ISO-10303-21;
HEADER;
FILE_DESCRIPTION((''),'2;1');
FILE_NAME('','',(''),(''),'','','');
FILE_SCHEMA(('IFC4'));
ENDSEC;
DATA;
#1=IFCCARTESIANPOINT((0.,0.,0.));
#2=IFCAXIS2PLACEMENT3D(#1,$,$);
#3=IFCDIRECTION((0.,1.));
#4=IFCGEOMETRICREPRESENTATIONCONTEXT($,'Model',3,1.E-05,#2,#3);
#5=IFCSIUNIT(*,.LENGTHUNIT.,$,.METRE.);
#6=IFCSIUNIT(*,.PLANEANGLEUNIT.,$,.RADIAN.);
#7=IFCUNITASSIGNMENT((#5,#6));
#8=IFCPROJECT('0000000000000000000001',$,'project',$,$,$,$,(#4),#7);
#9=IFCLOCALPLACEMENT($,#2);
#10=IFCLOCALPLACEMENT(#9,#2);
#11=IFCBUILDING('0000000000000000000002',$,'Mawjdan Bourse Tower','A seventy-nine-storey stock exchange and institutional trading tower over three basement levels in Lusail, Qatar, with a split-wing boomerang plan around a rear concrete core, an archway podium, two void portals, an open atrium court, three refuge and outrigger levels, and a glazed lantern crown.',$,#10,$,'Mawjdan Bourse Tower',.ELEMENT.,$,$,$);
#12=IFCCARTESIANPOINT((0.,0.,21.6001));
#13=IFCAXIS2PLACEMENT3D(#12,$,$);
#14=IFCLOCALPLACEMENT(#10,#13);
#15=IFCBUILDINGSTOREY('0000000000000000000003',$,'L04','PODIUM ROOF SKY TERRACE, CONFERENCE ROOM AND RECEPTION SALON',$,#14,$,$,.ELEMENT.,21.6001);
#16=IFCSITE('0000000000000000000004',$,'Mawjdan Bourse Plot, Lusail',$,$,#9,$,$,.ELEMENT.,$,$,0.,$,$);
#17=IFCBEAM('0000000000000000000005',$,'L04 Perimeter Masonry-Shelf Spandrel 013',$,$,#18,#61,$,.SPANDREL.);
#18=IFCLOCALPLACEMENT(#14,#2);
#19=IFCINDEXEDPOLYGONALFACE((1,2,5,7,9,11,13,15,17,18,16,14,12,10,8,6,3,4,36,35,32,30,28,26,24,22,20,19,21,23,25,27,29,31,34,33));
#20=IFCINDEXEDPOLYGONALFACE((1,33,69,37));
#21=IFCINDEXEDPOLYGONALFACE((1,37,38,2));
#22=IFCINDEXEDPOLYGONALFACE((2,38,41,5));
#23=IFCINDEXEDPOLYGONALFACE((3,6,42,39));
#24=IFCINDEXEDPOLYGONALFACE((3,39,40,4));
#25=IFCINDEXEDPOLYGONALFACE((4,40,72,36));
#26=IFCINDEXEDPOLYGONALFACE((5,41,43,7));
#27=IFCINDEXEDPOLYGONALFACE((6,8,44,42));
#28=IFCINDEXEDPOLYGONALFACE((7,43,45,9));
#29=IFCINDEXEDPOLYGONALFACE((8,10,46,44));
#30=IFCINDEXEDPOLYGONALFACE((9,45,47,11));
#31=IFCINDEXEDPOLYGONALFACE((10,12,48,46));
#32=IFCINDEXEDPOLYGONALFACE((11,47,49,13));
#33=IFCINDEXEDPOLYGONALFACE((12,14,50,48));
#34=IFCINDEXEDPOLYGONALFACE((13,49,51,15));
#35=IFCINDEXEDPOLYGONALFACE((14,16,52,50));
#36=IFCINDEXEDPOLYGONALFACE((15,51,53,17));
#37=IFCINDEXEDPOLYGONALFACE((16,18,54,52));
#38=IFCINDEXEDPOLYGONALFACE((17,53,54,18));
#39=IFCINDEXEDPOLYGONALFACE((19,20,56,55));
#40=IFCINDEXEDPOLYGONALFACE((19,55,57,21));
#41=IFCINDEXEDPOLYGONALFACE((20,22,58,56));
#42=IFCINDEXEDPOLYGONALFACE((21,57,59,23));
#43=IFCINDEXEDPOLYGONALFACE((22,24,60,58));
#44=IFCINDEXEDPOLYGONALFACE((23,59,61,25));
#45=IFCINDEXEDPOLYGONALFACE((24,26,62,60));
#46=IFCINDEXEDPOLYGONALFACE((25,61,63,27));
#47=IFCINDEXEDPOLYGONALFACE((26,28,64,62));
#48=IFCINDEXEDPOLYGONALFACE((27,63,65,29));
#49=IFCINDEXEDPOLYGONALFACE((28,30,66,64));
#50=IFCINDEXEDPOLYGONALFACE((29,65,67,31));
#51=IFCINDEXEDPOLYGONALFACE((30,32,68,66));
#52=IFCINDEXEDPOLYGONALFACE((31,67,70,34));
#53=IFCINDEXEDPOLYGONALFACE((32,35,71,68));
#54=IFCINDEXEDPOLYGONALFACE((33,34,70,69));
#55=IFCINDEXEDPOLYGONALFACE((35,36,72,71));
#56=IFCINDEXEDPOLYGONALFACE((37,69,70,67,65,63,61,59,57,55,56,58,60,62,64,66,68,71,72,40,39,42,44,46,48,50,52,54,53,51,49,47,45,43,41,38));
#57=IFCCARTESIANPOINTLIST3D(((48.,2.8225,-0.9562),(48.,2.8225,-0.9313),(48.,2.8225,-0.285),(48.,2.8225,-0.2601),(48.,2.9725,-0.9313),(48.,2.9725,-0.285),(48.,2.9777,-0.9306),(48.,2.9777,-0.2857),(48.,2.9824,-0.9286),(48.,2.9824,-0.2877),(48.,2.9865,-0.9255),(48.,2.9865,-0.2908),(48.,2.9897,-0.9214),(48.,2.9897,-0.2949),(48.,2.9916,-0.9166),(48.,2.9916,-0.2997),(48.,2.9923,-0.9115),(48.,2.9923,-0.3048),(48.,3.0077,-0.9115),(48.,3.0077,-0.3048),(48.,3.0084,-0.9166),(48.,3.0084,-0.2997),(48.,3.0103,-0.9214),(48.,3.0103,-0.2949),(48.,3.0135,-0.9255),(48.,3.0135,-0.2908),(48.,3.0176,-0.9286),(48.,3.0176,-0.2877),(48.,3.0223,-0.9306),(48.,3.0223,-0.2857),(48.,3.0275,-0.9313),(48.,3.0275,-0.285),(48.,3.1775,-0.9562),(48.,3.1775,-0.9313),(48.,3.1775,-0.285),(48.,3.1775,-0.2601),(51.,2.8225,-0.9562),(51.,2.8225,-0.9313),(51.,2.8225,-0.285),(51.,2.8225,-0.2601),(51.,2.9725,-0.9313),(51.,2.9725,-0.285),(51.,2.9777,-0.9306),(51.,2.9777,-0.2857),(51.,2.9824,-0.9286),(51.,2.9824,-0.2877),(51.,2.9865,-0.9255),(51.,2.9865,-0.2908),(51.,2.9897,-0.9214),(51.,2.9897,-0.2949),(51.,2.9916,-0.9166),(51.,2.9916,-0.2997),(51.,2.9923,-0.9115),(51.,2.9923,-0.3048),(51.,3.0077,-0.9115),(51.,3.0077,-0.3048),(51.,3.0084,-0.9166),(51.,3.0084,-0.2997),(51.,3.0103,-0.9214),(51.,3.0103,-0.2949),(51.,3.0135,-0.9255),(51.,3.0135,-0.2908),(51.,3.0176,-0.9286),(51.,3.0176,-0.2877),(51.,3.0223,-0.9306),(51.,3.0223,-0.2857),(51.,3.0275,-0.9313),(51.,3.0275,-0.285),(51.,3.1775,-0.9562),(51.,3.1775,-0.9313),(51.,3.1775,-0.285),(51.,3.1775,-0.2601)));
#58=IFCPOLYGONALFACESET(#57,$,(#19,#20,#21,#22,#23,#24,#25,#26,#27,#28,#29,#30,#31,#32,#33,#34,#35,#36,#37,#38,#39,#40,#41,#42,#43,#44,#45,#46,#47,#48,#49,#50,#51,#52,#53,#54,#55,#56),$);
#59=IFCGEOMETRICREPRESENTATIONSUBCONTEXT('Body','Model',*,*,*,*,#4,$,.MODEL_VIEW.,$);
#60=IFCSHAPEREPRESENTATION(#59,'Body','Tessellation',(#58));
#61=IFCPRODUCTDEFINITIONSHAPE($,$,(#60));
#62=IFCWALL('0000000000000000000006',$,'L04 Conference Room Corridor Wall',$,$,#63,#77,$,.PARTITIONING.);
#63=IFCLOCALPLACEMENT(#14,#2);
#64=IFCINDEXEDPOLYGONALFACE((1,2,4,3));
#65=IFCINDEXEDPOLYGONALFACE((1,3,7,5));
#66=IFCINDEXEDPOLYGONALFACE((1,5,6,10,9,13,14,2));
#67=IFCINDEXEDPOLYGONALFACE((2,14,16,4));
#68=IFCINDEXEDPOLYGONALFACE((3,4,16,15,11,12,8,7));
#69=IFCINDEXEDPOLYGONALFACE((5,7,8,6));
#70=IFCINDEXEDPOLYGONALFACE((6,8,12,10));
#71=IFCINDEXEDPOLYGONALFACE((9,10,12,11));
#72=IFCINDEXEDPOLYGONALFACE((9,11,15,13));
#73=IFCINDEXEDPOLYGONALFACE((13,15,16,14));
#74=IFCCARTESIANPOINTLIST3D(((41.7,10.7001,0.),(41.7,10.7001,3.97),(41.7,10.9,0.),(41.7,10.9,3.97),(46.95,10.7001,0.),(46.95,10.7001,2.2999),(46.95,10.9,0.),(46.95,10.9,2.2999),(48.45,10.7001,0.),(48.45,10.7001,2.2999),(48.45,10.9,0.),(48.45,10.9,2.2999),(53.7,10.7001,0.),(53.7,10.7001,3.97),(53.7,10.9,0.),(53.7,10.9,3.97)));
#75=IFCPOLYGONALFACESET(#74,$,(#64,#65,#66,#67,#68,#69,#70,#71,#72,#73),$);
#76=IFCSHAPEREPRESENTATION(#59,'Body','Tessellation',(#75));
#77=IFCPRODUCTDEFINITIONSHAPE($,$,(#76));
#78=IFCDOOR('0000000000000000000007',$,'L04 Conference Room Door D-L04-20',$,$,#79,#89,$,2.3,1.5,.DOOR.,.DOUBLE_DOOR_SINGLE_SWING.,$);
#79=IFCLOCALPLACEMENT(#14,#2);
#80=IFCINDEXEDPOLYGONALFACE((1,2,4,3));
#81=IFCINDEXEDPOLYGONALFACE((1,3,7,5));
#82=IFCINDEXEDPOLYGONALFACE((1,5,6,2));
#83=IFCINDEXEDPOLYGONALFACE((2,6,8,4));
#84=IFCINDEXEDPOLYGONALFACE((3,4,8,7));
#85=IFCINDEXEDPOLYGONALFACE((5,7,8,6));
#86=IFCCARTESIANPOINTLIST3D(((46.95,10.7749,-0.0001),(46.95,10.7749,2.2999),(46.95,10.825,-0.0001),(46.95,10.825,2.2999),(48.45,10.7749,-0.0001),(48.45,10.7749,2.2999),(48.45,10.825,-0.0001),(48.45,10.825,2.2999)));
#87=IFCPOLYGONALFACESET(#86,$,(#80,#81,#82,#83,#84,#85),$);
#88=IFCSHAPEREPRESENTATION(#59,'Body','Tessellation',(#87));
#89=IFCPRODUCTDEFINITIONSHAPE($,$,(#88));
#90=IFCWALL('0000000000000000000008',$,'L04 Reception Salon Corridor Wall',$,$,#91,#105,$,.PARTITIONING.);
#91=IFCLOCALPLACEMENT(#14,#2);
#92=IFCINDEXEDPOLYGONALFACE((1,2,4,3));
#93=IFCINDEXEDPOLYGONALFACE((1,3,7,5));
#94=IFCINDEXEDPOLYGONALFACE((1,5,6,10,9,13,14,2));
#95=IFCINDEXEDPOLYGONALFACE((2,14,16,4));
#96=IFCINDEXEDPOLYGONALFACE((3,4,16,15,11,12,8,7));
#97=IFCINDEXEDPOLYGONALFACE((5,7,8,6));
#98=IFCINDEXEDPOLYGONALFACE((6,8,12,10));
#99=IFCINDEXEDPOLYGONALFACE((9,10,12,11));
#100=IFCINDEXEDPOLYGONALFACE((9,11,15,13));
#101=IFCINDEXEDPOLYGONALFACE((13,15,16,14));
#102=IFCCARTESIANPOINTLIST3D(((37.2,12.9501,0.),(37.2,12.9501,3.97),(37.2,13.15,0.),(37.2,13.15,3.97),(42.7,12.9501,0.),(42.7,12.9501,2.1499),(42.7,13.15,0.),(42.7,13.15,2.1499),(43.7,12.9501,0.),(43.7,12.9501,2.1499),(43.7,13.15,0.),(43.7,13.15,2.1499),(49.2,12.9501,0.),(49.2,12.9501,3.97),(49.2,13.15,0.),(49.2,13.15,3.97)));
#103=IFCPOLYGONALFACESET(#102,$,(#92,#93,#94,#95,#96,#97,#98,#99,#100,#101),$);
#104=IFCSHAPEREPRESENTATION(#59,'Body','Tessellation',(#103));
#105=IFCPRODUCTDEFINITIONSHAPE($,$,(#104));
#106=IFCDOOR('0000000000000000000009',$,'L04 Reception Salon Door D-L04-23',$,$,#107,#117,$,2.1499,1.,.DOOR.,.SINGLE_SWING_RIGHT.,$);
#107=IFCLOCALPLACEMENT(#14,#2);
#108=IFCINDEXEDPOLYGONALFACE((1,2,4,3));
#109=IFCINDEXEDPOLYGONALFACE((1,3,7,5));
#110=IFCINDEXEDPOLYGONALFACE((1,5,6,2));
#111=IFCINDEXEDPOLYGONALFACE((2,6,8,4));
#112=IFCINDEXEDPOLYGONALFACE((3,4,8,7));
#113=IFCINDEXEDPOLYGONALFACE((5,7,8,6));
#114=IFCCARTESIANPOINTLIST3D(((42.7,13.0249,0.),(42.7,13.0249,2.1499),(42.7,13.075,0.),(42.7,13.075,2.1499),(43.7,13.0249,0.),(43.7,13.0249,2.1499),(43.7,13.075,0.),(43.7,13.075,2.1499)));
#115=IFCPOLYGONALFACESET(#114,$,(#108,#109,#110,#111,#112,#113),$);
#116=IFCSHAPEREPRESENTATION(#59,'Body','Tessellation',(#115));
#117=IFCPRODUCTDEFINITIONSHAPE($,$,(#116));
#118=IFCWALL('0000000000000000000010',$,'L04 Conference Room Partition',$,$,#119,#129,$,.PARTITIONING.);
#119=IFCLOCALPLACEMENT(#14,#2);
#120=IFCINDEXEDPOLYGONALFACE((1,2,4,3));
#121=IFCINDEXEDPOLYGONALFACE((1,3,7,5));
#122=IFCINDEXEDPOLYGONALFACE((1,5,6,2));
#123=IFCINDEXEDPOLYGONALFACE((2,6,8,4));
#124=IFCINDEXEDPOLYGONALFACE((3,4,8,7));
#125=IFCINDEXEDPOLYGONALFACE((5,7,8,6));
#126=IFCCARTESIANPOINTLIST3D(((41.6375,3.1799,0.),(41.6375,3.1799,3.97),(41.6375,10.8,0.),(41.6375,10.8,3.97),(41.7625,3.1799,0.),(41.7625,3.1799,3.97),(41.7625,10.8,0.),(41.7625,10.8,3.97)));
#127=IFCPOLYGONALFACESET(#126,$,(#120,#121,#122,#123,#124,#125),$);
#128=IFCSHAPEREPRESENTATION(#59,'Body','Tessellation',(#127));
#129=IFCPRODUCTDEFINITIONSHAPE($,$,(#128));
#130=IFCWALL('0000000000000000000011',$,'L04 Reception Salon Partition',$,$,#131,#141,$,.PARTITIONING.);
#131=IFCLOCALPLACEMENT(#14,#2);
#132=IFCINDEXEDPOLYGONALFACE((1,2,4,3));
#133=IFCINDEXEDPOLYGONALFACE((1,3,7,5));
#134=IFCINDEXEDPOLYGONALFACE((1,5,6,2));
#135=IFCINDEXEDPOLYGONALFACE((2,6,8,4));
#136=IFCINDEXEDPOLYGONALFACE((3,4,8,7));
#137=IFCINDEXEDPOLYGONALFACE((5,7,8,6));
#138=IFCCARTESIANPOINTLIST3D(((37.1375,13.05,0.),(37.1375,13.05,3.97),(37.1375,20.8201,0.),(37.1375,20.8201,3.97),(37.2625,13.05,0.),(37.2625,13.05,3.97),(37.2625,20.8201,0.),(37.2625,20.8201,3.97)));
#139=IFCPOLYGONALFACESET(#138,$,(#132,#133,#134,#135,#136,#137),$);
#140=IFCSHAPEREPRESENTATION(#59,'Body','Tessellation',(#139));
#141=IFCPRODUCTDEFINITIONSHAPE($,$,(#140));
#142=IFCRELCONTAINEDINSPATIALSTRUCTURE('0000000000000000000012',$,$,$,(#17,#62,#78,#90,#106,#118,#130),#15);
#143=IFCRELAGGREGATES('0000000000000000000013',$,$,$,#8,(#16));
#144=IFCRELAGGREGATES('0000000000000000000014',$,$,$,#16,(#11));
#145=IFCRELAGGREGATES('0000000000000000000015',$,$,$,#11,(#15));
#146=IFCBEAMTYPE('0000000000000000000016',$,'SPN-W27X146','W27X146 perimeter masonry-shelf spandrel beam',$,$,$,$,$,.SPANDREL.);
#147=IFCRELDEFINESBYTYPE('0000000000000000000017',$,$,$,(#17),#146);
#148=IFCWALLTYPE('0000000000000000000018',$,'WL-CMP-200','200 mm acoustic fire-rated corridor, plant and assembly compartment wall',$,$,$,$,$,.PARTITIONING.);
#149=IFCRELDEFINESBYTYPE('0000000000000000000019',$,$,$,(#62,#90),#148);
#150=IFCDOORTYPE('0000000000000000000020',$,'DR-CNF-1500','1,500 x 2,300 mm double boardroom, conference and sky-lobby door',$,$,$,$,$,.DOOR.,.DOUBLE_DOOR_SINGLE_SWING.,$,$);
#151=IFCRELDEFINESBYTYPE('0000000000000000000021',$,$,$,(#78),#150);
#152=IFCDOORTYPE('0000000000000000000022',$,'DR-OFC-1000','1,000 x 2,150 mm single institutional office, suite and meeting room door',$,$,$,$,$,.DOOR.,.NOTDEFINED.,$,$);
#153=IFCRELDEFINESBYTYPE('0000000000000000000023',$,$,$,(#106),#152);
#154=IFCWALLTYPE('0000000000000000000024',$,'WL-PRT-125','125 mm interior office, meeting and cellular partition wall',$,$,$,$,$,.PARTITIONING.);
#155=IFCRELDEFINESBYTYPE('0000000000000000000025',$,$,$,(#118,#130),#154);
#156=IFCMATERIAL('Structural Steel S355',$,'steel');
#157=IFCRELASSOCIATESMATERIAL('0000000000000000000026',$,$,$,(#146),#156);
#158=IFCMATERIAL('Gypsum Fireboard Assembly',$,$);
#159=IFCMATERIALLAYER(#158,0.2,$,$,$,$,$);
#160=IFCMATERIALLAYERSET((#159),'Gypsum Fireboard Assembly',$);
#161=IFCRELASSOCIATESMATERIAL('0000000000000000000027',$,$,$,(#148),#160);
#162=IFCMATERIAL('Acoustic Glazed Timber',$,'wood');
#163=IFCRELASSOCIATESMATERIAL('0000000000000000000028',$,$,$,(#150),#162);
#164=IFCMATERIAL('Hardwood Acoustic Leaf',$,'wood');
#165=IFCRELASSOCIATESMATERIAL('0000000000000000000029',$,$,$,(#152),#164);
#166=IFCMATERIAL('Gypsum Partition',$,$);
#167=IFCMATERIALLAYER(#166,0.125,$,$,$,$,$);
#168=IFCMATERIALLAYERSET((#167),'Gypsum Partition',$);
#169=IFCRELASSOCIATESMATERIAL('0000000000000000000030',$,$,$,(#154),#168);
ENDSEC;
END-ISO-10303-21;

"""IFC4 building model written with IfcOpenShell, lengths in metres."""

from ifc_helpers import new_model, si_unit, direction, frame, frame_2d, origin, origin_2d, place, context, subcontext, project, spatial, rectangle, i_section, extrude, material, layer, layer_set, material_profile, profile_set, type_object, element, fill, save


model = new_model("IFC4")

# Units and contexts
model_context = context("Model", 3, precision=1e-05, world=origin(), true_north=direction((0.0, 1.0)))
body_context = subcontext(model_context, "Body", "Model", "MODEL_VIEW")
ifc_project = project(units=[si_unit("LENGTHUNIT", "METRE"), si_unit("PLANEANGLEUNIT", "RADIAN")], contexts=[model_context])

# Site, building, storey
site_placement = place(None, origin())
site = spatial("IfcSite", under=ifc_project, at=site_placement, Name="Mawjdan Bourse Plot, Lusail", CompositionType="ELEMENT", RefElevation=0.0)
building_placement = place(site_placement, origin())
building = spatial("IfcBuilding", under=site, at=building_placement, Name="Mawjdan Bourse Tower", Description="A seventy-nine-storey stock exchange and institutional trading tower over three basement levels in Lusail, Qatar, with a split-wing boomerang plan around a rear concrete core, an archway podium, two void portals, an open atrium court, three refuge and outrigger levels, and a glazed lantern crown.", LongName="Mawjdan Bourse Tower", CompositionType="ELEMENT")
storey_placement = place(building_placement, frame((0.0, 0.0, 21.6001)))
storey = spatial("IfcBuildingStorey", under=building, at=storey_placement, Name="L04", Description="PODIUM ROOF SKY TERRACE, CONFERENCE ROOM AND RECEPTION SALON", CompositionType="ELEMENT", Elevation=21.6001)

# Beam
ifc_material_1 = material(Name="Structural Steel S355", Category="steel")
ifc_material_profile_1 = material_profile(ifc_material_1, i_section(OverallWidth=0.355, OverallDepth=0.696, WebThickness=0.0154, FlangeThickness=0.0249, FilletRadius=0.0198, at=origin_2d()), Name="W27X146")
ifc_profile_set_1 = profile_set([ifc_material_profile_1], Name="Structural Steel S355")
beam_type_1 = type_object("IfcBeamType", Name="SPN-W27X146", Description="W27X146 perimeter masonry-shelf spandrel beam", PredefinedType="SPANDREL", material=ifc_profile_set_1)
beam_1_placement = place(storey_placement, frame((48.0, 3.0, -0.6082), z_axis=(1.0, 0.0, 0.0), x_axis=(0.0, 1.0, 0.0)))
element("IfcBeam", 1, at=beam_1_placement, inside=storey, type_object=beam_type_1, Name="L04 Perimeter Masonry-Shelf Spandrel 013", PredefinedType="SPANDREL", context=body_context, shape_type="SweptSolid", body=[
    extrude(i_section(OverallWidth=0.355, OverallDepth=0.696, WebThickness=0.0154, FlangeThickness=0.0249, FilletRadius=0.0198, at=origin_2d()), origin(), (0.0, 0.0, 1.0), 3.0),
])

# Walls, openings, doors
ifc_material_2 = material(Name="Gypsum Fireboard Assembly")
ifc_layer_1 = layer(ifc_material_2, 0.2)
ifc_layer_set_1 = layer_set([ifc_layer_1], Name="Gypsum Fireboard Assembly")
wall_type_1 = type_object("IfcWallType", Name="WL-CMP-200", Description="200 mm acoustic fire-rated corridor, plant and assembly compartment wall", PredefinedType="PARTITIONING", material=ifc_layer_set_1)
wall_1_placement = place(storey_placement, frame((41.7, 10.8, 0.0), z_axis=(0.0, 0.0, 1.0), x_axis=(1.0, 0.0, 0.0)))
wall_1 = element("IfcWall", 2, at=wall_1_placement, inside=storey, type_object=wall_type_1, Name="L04 Conference Room Corridor Wall", PredefinedType="PARTITIONING", context=body_context, shape_type="SweptSolid", body=[
    extrude(rectangle(XDim=12.0, YDim=0.2, at=frame_2d((6.0, 0.0))), origin(), (0.0, 0.0, 1.0), 3.97),
])
opening_1_placement = place(wall_1_placement, frame((5.25, 0.0, 0.0)))
opening_1 = element("IfcOpeningElement", 3, at=opening_1_placement, cuts=wall_1, PredefinedType="OPENING", context=body_context, shape_type="SweptSolid", body=[
    extrude(rectangle(XDim=1.5, YDim=2.3, at=frame_2d((0.75, 1.1499))), frame((0.0, 0.1099, 0.0), z_axis=(0.0, -1.0, 0.0), x_axis=(1.0, 0.0, 0.0)), (0.0, 0.0, 1.0), 0.22),
])
ifc_material_3 = material(Name="Acoustic Glazed Timber", Category="wood")
door_type_1 = type_object("IfcDoorType", Name="DR-CNF-1500", Description="1,500 x 2,300 mm double boardroom, conference and sky-lobby door", OperationType="DOUBLE_DOOR_SINGLE_SWING", PredefinedType="DOOR", material=ifc_material_3)
door_1_placement = place(opening_1_placement, origin())
door_1 = element("IfcDoor", 4, at=door_1_placement, inside=storey, type_object=door_type_1, Name="L04 Conference Room Door D-L04-20", OperationType="DOUBLE_DOOR_SINGLE_SWING", OverallHeight=2.3, OverallWidth=1.5, PredefinedType="DOOR", context=body_context, shape_type="SweptSolid", body=[
    extrude(rectangle(XDim=1.5, YDim=2.3, at=frame_2d((0.75, 1.1499))), frame((0.0, 0.0249, 0.0), z_axis=(0.0, -1.0, 0.0), x_axis=(1.0, 0.0, 0.0)), (0.0, 0.0, 1.0), 0.05),
])
fill(opening_1, door_1)
wall_2_placement = place(storey_placement, frame((37.2, 13.05, 0.0), z_axis=(0.0, 0.0, 1.0), x_axis=(1.0, 0.0, 0.0)))
wall_2 = element("IfcWall", 5, at=wall_2_placement, inside=storey, type_object=wall_type_1, Name="L04 Reception Salon Corridor Wall", PredefinedType="PARTITIONING", context=body_context, shape_type="SweptSolid", body=[
    extrude(rectangle(XDim=12.0, YDim=0.2, at=frame_2d((6.0, 0.0))), origin(), (0.0, 0.0, 1.0), 3.97),
])
opening_2_placement = place(wall_2_placement, frame((5.5, 0.0, 0.0)))
opening_2 = element("IfcOpeningElement", 6, at=opening_2_placement, cuts=wall_2, PredefinedType="OPENING", context=body_context, shape_type="SweptSolid", body=[
    extrude(rectangle(XDim=1.0, YDim=2.1499, at=frame_2d((0.5, 1.075))), frame((0.0, 0.1099, 0.0), z_axis=(0.0, -1.0, 0.0), x_axis=(1.0, 0.0, 0.0)), (0.0, 0.0, 1.0), 0.22),
])
ifc_material_4 = material(Name="Hardwood Acoustic Leaf", Category="wood")
door_type_2 = type_object("IfcDoorType", Name="DR-OFC-1000", Description="1,000 x 2,150 mm single institutional office, suite and meeting room door", OperationType="NOTDEFINED", PredefinedType="DOOR", material=ifc_material_4)
door_2_placement = place(opening_2_placement, origin())
door_2 = element("IfcDoor", 7, at=door_2_placement, inside=storey, type_object=door_type_2, Name="L04 Reception Salon Door D-L04-23", OperationType="SINGLE_SWING_RIGHT", OverallHeight=2.1499, OverallWidth=1.0, PredefinedType="DOOR", context=body_context, shape_type="SweptSolid", body=[
    extrude(rectangle(XDim=1.0, YDim=2.1499, at=frame_2d((0.5, 1.075))), frame((0.0, 0.0249, 0.0), z_axis=(0.0, -1.0, 0.0), x_axis=(1.0, 0.0, 0.0)), (0.0, 0.0, 1.0), 0.05),
])
fill(opening_2, door_2)

# Walls
ifc_material_5 = material(Name="Gypsum Partition")
ifc_layer_2 = layer(ifc_material_5, 0.125)
ifc_layer_set_2 = layer_set([ifc_layer_2], Name="Gypsum Partition")
wall_type_2 = type_object("IfcWallType", Name="WL-PRT-125", Description="125 mm interior office, meeting and cellular partition wall", PredefinedType="PARTITIONING", material=ifc_layer_set_2)
wall_3_placement = place(storey_placement, frame((41.7, 3.1799, 0.0), z_axis=(0.0, 0.0, 1.0), x_axis=(0.0, 1.0, 0.0)))
element("IfcWall", 8, at=wall_3_placement, inside=storey, type_object=wall_type_2, Name="L04 Conference Room Partition", PredefinedType="PARTITIONING", context=body_context, shape_type="SweptSolid", body=[
    extrude(rectangle(XDim=7.6201, YDim=0.125, at=frame_2d((3.8101, 0.0))), origin(), (0.0, 0.0, 1.0), 3.97),
])
wall_4_placement = place(storey_placement, frame((37.2, 13.05, 0.0), z_axis=(0.0, 0.0, 1.0), x_axis=(0.0, 1.0, 0.0)))
element("IfcWall", 9, at=wall_4_placement, inside=storey, type_object=wall_type_2, Name="L04 Reception Salon Partition", PredefinedType="PARTITIONING", context=body_context, shape_type="SweptSolid", body=[
    extrude(rectangle(XDim=7.77, YDim=0.125, at=frame_2d((3.885, 0.0))), origin(), (0.0, 0.0, 1.0), 3.97),
])

save(model, "model.ifc")
